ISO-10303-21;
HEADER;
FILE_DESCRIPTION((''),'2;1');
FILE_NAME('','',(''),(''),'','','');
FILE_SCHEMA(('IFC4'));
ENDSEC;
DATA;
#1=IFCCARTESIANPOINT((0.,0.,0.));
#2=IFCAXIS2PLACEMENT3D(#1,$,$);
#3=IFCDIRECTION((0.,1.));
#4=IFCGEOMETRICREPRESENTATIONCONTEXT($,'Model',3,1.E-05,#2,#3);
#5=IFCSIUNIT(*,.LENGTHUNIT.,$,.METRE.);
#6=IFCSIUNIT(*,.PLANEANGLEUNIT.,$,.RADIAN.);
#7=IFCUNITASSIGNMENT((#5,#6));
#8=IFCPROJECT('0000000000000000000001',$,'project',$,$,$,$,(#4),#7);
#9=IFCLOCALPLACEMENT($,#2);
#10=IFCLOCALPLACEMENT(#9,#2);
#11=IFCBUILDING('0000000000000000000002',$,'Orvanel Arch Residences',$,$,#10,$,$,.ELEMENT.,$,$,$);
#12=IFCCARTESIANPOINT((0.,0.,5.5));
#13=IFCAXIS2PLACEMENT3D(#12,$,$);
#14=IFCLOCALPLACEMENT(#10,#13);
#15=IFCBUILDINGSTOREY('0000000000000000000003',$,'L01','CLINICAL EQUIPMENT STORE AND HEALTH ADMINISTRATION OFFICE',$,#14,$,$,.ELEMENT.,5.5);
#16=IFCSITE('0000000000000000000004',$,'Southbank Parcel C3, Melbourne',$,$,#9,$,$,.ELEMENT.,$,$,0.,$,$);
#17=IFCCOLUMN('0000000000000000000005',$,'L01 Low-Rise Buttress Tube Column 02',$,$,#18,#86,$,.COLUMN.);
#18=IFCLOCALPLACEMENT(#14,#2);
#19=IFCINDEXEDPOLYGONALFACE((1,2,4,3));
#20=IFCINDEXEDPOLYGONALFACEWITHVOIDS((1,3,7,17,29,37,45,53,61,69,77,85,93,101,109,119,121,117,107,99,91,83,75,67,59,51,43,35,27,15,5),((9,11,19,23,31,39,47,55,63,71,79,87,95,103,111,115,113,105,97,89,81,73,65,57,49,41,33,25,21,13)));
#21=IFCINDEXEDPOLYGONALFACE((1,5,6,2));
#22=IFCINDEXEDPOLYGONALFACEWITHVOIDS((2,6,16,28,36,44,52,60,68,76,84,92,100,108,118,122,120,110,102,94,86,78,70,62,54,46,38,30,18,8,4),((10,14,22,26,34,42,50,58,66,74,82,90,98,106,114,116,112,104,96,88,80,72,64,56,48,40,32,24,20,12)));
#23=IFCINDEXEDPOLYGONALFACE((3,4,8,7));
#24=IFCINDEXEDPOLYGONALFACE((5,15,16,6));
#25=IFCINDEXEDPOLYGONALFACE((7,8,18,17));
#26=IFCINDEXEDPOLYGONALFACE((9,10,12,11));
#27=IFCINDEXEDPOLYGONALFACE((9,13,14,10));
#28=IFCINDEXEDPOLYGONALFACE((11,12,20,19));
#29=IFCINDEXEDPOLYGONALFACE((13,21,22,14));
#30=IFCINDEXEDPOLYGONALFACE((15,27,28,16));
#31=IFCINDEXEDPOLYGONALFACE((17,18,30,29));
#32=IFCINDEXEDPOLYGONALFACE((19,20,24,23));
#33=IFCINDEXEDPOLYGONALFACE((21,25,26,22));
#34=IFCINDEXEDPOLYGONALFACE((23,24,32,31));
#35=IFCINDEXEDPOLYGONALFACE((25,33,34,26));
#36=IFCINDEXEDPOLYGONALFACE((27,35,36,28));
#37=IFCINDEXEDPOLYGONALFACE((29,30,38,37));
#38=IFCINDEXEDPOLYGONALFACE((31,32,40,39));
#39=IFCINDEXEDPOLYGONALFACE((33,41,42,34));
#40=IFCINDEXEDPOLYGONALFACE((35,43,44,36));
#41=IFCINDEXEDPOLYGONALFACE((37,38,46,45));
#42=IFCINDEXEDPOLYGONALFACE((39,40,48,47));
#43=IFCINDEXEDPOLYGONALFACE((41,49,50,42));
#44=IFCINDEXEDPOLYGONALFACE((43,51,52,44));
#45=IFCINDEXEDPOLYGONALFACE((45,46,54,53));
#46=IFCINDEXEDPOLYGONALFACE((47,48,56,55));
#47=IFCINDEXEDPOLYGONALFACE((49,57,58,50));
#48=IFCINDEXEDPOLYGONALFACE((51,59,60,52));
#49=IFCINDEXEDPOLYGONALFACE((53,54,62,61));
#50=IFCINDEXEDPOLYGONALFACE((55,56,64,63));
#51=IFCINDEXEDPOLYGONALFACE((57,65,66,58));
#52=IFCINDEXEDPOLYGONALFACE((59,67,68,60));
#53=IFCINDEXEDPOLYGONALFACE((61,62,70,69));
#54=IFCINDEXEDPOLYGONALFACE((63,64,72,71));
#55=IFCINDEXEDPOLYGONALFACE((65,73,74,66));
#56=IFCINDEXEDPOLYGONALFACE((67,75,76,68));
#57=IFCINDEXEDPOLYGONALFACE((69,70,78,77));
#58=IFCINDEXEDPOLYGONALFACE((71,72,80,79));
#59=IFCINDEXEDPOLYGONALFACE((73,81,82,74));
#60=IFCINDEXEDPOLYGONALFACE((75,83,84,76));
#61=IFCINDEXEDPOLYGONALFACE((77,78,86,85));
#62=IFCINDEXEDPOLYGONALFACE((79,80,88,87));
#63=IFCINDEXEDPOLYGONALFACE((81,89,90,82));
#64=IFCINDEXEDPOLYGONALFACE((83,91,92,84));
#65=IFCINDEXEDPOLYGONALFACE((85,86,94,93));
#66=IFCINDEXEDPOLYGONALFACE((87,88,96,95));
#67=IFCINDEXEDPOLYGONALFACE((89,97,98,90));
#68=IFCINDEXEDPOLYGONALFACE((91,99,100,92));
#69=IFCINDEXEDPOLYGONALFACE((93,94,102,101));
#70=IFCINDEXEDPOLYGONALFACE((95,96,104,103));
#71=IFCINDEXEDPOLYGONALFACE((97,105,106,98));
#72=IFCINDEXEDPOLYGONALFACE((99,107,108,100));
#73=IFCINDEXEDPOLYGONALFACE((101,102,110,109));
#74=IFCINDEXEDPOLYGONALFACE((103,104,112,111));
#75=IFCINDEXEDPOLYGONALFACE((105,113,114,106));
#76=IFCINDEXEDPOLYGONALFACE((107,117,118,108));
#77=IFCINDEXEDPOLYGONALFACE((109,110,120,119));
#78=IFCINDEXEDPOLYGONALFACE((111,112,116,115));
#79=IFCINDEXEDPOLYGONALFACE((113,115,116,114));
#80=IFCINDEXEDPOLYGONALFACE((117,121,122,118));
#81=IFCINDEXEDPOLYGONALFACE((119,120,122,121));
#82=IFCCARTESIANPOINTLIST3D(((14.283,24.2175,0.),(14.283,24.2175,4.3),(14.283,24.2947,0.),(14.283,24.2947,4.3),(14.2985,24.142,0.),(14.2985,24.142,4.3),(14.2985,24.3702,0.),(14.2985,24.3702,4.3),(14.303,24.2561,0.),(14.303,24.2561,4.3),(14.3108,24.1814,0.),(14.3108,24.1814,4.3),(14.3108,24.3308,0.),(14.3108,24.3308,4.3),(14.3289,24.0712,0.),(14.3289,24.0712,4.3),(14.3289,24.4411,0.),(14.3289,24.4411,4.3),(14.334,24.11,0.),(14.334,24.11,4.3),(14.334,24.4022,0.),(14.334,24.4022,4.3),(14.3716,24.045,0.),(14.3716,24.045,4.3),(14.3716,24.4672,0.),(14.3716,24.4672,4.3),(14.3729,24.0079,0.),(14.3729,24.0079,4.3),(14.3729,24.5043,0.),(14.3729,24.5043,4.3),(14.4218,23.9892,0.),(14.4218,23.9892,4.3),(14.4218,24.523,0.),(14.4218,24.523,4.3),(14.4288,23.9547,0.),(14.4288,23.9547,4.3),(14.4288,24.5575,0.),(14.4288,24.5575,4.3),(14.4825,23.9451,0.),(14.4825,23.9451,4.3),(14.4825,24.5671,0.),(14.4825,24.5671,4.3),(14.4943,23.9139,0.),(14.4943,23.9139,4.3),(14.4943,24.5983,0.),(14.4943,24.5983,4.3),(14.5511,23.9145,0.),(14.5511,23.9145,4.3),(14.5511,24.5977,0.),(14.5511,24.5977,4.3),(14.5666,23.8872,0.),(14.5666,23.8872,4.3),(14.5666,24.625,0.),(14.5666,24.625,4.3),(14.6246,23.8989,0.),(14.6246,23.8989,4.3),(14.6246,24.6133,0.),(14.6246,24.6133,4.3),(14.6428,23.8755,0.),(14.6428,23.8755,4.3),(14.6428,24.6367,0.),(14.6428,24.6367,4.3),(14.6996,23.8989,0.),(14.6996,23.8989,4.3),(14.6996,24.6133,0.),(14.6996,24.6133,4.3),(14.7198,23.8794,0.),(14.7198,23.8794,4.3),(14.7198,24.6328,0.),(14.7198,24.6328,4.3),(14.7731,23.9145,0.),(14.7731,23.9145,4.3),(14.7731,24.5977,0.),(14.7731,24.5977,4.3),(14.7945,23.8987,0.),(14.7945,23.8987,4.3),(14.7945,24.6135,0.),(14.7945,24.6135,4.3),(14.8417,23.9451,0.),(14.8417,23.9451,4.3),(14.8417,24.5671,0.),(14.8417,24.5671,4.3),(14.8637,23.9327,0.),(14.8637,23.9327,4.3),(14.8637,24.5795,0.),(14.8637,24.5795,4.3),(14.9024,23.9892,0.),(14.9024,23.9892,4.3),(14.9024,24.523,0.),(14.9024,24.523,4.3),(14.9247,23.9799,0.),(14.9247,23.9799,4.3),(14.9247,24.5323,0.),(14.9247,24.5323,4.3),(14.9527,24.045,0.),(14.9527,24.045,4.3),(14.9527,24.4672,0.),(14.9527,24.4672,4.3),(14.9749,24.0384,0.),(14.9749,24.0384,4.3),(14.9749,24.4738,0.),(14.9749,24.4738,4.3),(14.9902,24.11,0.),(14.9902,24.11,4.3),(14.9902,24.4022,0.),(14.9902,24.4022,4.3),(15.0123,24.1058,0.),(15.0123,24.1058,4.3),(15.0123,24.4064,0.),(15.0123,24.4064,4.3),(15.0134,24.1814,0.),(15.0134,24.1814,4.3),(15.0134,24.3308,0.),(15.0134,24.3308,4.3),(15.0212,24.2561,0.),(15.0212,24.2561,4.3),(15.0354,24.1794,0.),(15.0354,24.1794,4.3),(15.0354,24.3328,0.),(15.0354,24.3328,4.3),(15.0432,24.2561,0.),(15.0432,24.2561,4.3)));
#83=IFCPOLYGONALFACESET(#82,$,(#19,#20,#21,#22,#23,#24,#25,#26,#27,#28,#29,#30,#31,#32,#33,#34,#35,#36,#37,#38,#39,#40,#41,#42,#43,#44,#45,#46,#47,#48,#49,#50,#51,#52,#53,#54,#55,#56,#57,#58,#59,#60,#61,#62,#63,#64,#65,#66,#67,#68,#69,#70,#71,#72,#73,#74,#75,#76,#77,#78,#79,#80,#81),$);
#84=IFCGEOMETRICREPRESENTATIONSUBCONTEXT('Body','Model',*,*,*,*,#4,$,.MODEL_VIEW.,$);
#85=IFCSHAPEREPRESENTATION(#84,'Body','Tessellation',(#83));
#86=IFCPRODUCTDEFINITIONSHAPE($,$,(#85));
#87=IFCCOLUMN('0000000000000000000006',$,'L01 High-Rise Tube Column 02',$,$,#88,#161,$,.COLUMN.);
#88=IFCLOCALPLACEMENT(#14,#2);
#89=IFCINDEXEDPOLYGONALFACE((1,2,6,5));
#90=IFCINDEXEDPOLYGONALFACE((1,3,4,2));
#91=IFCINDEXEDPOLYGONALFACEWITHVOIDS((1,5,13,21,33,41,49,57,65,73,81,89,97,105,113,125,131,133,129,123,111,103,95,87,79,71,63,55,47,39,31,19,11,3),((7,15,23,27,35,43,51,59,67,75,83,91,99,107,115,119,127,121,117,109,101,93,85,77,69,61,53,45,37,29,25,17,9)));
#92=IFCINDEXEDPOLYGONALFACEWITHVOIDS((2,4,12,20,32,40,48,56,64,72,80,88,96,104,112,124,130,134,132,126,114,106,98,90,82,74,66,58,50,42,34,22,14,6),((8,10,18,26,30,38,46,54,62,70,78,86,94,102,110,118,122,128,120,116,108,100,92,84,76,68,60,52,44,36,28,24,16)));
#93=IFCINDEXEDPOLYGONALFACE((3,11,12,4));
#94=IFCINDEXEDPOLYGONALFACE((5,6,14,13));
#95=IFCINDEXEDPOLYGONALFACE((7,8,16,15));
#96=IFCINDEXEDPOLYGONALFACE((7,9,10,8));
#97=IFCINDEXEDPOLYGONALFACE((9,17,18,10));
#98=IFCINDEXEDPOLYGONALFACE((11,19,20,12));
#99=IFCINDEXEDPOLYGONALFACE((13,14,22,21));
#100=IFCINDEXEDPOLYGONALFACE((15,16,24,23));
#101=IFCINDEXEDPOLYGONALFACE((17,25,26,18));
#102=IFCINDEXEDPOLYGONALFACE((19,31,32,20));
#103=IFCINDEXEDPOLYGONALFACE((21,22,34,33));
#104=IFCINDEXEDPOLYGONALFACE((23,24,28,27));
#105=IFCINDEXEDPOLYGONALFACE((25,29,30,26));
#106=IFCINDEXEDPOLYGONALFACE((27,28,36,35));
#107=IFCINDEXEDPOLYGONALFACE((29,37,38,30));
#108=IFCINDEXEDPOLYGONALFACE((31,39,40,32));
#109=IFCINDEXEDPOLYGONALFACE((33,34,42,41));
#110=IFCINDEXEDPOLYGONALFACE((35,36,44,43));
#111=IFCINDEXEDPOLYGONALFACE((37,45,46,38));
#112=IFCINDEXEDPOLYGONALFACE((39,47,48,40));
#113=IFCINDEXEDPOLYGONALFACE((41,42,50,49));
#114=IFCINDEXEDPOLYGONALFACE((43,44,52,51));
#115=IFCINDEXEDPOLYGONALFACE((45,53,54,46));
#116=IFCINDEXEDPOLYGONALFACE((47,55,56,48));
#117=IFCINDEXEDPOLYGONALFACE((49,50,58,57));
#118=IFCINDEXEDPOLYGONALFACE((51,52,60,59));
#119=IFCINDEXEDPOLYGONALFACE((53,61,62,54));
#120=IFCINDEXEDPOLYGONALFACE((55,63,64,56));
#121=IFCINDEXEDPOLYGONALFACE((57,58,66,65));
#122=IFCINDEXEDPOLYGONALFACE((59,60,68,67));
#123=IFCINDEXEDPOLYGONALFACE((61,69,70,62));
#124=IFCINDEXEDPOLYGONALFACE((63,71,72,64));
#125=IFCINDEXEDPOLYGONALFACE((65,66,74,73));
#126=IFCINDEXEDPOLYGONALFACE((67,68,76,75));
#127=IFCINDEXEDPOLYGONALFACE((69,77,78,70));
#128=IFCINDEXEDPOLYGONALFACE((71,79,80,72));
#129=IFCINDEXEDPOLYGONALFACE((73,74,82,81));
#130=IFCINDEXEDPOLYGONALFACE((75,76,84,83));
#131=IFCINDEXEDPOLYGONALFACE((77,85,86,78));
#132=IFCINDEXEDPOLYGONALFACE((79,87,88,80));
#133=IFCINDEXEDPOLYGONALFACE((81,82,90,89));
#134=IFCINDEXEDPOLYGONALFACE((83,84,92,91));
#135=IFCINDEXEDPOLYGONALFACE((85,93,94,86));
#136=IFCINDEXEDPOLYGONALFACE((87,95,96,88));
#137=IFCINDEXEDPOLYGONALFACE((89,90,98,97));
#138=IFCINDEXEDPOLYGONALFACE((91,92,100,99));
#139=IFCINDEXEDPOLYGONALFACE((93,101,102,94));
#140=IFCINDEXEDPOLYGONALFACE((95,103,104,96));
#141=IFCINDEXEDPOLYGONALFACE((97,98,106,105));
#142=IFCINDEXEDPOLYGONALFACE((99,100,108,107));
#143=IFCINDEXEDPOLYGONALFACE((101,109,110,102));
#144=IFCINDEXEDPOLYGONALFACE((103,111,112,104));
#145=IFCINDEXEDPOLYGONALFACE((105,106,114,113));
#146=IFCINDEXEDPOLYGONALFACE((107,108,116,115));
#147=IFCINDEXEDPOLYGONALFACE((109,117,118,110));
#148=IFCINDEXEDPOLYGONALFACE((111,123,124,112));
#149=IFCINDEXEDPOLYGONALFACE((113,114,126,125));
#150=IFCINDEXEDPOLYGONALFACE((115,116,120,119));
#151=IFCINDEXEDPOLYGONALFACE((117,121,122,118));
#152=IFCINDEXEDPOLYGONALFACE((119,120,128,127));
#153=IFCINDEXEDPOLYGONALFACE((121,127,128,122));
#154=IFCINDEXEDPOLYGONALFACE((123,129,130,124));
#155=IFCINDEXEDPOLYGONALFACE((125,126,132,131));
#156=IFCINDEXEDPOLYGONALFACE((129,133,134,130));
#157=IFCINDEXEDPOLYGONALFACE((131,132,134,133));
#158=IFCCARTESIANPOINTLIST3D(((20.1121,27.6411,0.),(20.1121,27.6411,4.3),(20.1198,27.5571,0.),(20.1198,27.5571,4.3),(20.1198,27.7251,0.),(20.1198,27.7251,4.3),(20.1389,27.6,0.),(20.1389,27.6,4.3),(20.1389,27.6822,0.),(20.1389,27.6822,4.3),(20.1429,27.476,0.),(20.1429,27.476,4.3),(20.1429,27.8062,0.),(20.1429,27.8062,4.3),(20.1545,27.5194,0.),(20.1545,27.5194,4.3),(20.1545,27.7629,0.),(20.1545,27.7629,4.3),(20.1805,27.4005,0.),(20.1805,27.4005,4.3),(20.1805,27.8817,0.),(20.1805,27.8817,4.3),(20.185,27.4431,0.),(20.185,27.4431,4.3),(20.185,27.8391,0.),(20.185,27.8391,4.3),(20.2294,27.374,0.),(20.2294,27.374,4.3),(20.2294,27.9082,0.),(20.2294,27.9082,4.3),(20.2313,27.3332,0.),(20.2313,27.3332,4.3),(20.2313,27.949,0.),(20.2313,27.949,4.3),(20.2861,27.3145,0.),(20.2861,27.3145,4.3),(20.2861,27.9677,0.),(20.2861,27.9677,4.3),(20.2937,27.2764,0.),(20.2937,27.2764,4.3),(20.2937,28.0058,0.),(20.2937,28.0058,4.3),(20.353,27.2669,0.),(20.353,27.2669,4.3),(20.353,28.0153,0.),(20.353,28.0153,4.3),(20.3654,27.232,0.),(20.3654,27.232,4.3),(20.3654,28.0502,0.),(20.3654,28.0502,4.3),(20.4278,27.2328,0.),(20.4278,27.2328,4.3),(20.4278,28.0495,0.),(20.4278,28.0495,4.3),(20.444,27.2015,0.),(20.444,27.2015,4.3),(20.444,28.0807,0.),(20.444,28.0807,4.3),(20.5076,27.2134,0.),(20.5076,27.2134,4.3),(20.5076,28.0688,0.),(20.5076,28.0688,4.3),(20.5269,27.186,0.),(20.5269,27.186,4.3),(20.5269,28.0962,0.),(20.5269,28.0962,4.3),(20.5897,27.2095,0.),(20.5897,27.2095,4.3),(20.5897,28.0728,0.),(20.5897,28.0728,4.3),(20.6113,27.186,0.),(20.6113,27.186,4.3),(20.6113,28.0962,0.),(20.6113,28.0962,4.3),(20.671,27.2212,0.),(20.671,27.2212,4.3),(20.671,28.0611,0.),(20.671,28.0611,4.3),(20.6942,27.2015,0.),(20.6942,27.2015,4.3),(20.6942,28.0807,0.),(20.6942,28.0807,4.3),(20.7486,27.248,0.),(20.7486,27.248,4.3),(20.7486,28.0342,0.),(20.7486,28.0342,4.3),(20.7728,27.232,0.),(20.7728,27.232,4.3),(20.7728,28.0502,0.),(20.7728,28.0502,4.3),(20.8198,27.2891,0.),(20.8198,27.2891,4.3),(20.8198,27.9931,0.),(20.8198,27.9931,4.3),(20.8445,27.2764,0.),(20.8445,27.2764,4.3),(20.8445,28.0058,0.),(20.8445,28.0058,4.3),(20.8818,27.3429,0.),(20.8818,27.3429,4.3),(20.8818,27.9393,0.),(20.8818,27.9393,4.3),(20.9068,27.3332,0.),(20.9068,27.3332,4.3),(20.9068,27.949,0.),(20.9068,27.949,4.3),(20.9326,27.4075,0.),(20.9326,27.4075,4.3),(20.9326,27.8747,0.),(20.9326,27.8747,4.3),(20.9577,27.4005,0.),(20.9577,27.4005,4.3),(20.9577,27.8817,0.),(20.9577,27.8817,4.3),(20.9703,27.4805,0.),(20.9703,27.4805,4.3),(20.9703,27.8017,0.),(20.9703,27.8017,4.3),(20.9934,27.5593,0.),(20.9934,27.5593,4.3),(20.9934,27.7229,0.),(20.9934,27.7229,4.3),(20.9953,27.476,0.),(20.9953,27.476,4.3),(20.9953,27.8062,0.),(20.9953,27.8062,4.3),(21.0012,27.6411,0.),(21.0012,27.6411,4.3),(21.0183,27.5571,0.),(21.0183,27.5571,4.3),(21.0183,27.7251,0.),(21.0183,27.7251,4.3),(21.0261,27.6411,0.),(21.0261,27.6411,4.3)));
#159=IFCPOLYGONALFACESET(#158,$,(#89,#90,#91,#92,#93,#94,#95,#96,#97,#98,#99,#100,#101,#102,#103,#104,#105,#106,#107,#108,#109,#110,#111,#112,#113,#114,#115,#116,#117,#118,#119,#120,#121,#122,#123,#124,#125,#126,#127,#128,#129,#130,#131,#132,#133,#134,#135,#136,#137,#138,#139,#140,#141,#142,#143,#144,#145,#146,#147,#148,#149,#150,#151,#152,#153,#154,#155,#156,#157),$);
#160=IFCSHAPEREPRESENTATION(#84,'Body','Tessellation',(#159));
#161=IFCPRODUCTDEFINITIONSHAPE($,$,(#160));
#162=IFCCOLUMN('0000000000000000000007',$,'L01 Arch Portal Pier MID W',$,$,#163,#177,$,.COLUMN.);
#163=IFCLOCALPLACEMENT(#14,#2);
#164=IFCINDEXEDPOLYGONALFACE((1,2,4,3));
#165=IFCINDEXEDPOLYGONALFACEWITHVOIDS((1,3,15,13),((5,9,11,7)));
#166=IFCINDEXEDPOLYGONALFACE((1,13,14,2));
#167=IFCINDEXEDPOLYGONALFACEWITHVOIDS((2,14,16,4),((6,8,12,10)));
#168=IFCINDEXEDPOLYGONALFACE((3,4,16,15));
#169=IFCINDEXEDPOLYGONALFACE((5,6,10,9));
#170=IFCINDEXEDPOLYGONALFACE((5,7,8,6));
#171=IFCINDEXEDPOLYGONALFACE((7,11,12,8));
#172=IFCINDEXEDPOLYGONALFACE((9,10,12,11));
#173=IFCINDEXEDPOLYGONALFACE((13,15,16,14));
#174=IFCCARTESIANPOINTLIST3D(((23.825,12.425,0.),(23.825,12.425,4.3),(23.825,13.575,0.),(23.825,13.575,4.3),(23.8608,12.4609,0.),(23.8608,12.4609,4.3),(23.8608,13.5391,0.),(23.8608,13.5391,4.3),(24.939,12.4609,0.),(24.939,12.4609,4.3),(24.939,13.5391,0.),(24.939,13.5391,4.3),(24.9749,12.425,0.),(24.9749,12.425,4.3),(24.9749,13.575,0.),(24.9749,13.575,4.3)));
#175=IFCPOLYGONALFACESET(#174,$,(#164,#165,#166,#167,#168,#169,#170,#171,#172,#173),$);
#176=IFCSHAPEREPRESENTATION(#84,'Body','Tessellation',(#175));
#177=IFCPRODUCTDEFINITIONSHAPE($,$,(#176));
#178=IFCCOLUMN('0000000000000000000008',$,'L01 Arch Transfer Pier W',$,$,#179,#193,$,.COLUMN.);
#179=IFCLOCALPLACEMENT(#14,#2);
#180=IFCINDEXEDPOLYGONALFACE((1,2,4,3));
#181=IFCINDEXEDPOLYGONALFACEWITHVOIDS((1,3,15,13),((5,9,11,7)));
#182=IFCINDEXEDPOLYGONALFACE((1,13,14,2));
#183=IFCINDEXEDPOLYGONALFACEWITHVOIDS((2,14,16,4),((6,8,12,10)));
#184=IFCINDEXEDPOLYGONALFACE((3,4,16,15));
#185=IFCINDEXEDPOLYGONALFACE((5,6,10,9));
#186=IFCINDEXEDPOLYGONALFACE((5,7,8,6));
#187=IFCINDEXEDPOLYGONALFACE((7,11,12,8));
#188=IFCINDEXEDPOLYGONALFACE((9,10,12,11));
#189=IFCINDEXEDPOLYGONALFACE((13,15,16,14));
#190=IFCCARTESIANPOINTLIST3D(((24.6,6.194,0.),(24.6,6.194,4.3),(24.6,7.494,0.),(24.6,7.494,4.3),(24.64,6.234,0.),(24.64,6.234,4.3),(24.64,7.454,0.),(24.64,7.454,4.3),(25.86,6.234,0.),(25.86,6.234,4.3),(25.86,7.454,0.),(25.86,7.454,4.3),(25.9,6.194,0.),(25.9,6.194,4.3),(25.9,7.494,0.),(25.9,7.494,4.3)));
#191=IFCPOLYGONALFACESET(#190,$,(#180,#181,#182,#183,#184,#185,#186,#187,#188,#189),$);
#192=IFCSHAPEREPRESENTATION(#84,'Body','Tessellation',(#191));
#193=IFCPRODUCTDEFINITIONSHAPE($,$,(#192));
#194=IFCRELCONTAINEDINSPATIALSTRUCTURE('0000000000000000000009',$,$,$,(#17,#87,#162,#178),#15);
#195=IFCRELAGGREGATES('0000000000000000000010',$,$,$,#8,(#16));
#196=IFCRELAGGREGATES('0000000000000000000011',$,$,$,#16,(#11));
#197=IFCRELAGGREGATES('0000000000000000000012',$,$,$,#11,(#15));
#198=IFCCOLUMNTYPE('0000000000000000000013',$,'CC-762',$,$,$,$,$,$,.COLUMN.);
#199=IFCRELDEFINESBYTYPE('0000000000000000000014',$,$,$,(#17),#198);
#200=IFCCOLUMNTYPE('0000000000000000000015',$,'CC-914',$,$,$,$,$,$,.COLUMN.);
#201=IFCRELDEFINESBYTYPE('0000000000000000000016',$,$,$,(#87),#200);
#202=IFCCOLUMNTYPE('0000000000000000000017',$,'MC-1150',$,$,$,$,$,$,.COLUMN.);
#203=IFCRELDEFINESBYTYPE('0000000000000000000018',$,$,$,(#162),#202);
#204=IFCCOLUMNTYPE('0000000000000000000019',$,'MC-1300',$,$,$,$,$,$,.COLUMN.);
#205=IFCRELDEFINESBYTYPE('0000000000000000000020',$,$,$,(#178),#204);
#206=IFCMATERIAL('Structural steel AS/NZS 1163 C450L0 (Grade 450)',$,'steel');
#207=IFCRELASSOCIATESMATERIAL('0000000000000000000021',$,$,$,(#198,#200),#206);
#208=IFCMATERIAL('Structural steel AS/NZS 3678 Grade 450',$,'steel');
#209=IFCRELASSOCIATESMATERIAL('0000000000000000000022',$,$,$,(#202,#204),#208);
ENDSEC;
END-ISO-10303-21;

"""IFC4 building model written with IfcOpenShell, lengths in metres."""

from ifc_helpers import new_model, si_unit, direction, frame, origin, origin_2d, place, context, subcontext, project, spatial, hollow_rectangle, hollow_circle, extrude, material, material_profile, profile_set, type_object, element, save


model = new_model("IFC4")

# Units and contexts
model_context = context("Model", 3, precision=1e-05, world=origin(), true_north=direction((0.0, 1.0)))
body_context = subcontext(model_context, "Body", "Model", "MODEL_VIEW")
ifc_project = project(units=[si_unit("LENGTHUNIT", "METRE"), si_unit("PLANEANGLEUNIT", "RADIAN")], contexts=[model_context])

# Site, building, storey
site_placement = place(None, origin())
site = spatial("IfcSite", under=ifc_project, at=site_placement, Name="Southbank Parcel C3, Melbourne", CompositionType="ELEMENT", RefElevation=0.0)
building_placement = place(site_placement, origin())
building = spatial("IfcBuilding", under=site, at=building_placement, Name="Orvanel Arch Residences", CompositionType="ELEMENT")
storey_placement = place(building_placement, frame((0.0, 0.0, 5.5)))
storey = spatial("IfcBuildingStorey", under=building, at=storey_placement, Name="L01", Description="CLINICAL EQUIPMENT STORE AND HEALTH ADMINISTRATION OFFICE", CompositionType="ELEMENT", Elevation=5.5)

# Columns
ifc_material_1 = material(Name="Structural steel AS/NZS 1163 C450L0 (Grade 450)", Category="steel")
ifc_material_profile_1 = material_profile(ifc_material_1, hollow_circle(Radius=0.3811, WallThickness=0.022, at=origin_2d()), Name="CHS762x22")
ifc_profile_set_1 = profile_set([ifc_material_profile_1], Name="Structural steel AS/NZS 1163 C450L0 (Grade 450)")
column_type_1 = type_object("IfcColumnType", Name="CC-762", PredefinedType="COLUMN", material=ifc_profile_set_1)
column_1_placement = place(storey_placement, frame((14.6621, 24.2561, 0.0), z_axis=(0.0, 0.0, 1.0), x_axis=(1.0, 0.0, 0.0)))
element("IfcColumn", 1, at=column_1_placement, inside=storey, type_object=column_type_1, Name="L01 Low-Rise Buttress Tube Column 02", PredefinedType="COLUMN", context=body_context, shape_type="SweptSolid", body=[
    extrude(hollow_circle(Radius=0.3811, WallThickness=0.022, at=origin_2d()), origin(), (0.0, 0.0, 1.0), 4.3),
])
ifc_material_profile_2 = material_profile(ifc_material_1, hollow_circle(Radius=0.457, WallThickness=0.0249, at=origin_2d()), Name="CHS914x25")
ifc_profile_set_2 = profile_set([ifc_material_profile_2], Name="Structural steel AS/NZS 1163 C450L0 (Grade 450)")
column_type_2 = type_object("IfcColumnType", Name="CC-914", PredefinedType="COLUMN", material=ifc_profile_set_2)
column_2_placement = place(storey_placement, frame((20.5691, 27.6411, 0.0), z_axis=(0.0, 0.0, 1.0), x_axis=(1.0, 0.0, 0.0)))
element("IfcColumn", 2, at=column_2_placement, inside=storey, type_object=column_type_2, Name="L01 High-Rise Tube Column 02", PredefinedType="COLUMN", context=body_context, shape_type="SweptSolid", body=[
    extrude(hollow_circle(Radius=0.457, WallThickness=0.0249, at=origin_2d()), origin(), (0.0, 0.0, 1.0), 4.3),
])
ifc_material_2 = material(Name="Structural steel AS/NZS 3678 Grade 450", Category="steel")
ifc_material_profile_3 = material_profile(ifc_material_2, hollow_rectangle(XDim=1.1499, YDim=1.1499, WallThickness=0.0359, at=origin_2d()), Name="BOX1150x1150x36")
ifc_profile_set_3 = profile_set([ifc_material_profile_3], Name="Structural steel AS/NZS 3678 Grade 450")
column_type_3 = type_object("IfcColumnType", Name="MC-1150", PredefinedType="COLUMN", material=ifc_profile_set_3)
column_3_placement = place(storey_placement, frame((24.3999, 13.0, 0.0), z_axis=(0.0, 0.0, 1.0), x_axis=(1.0, 0.0, 0.0)))
element("IfcColumn", 3, at=column_3_placement, inside=storey, type_object=column_type_3, Name="L01 Arch Portal Pier MID W", PredefinedType="COLUMN", context=body_context, shape_type="SweptSolid", body=[
    extrude(hollow_rectangle(XDim=1.1499, YDim=1.1499, WallThickness=0.0359, at=origin_2d()), origin(), (0.0, 0.0, 1.0), 4.3),
])
ifc_material_profile_4 = material_profile(ifc_material_2, hollow_rectangle(XDim=1.3, YDim=1.3, WallThickness=0.04, at=origin_2d()), Name="BOX1300x1300x40")
ifc_profile_set_4 = profile_set([ifc_material_profile_4], Name="Structural steel AS/NZS 3678 Grade 450")
column_type_4 = type_object("IfcColumnType", Name="MC-1300", PredefinedType="COLUMN", material=ifc_profile_set_4)
column_4_placement = place(storey_placement, frame((25.25, 6.844, 0.0), z_axis=(0.0, 0.0, 1.0), x_axis=(1.0, 0.0, 0.0)))
element("IfcColumn", 4, at=column_4_placement, inside=storey, type_object=column_type_4, Name="L01 Arch Transfer Pier W", PredefinedType="COLUMN", context=body_context, shape_type="SweptSolid", body=[
    extrude(hollow_rectangle(XDim=1.3, YDim=1.3, WallThickness=0.04, at=origin_2d()), origin(), (0.0, 0.0, 1.0), 4.3),
])

save(model, "model.ifc")
